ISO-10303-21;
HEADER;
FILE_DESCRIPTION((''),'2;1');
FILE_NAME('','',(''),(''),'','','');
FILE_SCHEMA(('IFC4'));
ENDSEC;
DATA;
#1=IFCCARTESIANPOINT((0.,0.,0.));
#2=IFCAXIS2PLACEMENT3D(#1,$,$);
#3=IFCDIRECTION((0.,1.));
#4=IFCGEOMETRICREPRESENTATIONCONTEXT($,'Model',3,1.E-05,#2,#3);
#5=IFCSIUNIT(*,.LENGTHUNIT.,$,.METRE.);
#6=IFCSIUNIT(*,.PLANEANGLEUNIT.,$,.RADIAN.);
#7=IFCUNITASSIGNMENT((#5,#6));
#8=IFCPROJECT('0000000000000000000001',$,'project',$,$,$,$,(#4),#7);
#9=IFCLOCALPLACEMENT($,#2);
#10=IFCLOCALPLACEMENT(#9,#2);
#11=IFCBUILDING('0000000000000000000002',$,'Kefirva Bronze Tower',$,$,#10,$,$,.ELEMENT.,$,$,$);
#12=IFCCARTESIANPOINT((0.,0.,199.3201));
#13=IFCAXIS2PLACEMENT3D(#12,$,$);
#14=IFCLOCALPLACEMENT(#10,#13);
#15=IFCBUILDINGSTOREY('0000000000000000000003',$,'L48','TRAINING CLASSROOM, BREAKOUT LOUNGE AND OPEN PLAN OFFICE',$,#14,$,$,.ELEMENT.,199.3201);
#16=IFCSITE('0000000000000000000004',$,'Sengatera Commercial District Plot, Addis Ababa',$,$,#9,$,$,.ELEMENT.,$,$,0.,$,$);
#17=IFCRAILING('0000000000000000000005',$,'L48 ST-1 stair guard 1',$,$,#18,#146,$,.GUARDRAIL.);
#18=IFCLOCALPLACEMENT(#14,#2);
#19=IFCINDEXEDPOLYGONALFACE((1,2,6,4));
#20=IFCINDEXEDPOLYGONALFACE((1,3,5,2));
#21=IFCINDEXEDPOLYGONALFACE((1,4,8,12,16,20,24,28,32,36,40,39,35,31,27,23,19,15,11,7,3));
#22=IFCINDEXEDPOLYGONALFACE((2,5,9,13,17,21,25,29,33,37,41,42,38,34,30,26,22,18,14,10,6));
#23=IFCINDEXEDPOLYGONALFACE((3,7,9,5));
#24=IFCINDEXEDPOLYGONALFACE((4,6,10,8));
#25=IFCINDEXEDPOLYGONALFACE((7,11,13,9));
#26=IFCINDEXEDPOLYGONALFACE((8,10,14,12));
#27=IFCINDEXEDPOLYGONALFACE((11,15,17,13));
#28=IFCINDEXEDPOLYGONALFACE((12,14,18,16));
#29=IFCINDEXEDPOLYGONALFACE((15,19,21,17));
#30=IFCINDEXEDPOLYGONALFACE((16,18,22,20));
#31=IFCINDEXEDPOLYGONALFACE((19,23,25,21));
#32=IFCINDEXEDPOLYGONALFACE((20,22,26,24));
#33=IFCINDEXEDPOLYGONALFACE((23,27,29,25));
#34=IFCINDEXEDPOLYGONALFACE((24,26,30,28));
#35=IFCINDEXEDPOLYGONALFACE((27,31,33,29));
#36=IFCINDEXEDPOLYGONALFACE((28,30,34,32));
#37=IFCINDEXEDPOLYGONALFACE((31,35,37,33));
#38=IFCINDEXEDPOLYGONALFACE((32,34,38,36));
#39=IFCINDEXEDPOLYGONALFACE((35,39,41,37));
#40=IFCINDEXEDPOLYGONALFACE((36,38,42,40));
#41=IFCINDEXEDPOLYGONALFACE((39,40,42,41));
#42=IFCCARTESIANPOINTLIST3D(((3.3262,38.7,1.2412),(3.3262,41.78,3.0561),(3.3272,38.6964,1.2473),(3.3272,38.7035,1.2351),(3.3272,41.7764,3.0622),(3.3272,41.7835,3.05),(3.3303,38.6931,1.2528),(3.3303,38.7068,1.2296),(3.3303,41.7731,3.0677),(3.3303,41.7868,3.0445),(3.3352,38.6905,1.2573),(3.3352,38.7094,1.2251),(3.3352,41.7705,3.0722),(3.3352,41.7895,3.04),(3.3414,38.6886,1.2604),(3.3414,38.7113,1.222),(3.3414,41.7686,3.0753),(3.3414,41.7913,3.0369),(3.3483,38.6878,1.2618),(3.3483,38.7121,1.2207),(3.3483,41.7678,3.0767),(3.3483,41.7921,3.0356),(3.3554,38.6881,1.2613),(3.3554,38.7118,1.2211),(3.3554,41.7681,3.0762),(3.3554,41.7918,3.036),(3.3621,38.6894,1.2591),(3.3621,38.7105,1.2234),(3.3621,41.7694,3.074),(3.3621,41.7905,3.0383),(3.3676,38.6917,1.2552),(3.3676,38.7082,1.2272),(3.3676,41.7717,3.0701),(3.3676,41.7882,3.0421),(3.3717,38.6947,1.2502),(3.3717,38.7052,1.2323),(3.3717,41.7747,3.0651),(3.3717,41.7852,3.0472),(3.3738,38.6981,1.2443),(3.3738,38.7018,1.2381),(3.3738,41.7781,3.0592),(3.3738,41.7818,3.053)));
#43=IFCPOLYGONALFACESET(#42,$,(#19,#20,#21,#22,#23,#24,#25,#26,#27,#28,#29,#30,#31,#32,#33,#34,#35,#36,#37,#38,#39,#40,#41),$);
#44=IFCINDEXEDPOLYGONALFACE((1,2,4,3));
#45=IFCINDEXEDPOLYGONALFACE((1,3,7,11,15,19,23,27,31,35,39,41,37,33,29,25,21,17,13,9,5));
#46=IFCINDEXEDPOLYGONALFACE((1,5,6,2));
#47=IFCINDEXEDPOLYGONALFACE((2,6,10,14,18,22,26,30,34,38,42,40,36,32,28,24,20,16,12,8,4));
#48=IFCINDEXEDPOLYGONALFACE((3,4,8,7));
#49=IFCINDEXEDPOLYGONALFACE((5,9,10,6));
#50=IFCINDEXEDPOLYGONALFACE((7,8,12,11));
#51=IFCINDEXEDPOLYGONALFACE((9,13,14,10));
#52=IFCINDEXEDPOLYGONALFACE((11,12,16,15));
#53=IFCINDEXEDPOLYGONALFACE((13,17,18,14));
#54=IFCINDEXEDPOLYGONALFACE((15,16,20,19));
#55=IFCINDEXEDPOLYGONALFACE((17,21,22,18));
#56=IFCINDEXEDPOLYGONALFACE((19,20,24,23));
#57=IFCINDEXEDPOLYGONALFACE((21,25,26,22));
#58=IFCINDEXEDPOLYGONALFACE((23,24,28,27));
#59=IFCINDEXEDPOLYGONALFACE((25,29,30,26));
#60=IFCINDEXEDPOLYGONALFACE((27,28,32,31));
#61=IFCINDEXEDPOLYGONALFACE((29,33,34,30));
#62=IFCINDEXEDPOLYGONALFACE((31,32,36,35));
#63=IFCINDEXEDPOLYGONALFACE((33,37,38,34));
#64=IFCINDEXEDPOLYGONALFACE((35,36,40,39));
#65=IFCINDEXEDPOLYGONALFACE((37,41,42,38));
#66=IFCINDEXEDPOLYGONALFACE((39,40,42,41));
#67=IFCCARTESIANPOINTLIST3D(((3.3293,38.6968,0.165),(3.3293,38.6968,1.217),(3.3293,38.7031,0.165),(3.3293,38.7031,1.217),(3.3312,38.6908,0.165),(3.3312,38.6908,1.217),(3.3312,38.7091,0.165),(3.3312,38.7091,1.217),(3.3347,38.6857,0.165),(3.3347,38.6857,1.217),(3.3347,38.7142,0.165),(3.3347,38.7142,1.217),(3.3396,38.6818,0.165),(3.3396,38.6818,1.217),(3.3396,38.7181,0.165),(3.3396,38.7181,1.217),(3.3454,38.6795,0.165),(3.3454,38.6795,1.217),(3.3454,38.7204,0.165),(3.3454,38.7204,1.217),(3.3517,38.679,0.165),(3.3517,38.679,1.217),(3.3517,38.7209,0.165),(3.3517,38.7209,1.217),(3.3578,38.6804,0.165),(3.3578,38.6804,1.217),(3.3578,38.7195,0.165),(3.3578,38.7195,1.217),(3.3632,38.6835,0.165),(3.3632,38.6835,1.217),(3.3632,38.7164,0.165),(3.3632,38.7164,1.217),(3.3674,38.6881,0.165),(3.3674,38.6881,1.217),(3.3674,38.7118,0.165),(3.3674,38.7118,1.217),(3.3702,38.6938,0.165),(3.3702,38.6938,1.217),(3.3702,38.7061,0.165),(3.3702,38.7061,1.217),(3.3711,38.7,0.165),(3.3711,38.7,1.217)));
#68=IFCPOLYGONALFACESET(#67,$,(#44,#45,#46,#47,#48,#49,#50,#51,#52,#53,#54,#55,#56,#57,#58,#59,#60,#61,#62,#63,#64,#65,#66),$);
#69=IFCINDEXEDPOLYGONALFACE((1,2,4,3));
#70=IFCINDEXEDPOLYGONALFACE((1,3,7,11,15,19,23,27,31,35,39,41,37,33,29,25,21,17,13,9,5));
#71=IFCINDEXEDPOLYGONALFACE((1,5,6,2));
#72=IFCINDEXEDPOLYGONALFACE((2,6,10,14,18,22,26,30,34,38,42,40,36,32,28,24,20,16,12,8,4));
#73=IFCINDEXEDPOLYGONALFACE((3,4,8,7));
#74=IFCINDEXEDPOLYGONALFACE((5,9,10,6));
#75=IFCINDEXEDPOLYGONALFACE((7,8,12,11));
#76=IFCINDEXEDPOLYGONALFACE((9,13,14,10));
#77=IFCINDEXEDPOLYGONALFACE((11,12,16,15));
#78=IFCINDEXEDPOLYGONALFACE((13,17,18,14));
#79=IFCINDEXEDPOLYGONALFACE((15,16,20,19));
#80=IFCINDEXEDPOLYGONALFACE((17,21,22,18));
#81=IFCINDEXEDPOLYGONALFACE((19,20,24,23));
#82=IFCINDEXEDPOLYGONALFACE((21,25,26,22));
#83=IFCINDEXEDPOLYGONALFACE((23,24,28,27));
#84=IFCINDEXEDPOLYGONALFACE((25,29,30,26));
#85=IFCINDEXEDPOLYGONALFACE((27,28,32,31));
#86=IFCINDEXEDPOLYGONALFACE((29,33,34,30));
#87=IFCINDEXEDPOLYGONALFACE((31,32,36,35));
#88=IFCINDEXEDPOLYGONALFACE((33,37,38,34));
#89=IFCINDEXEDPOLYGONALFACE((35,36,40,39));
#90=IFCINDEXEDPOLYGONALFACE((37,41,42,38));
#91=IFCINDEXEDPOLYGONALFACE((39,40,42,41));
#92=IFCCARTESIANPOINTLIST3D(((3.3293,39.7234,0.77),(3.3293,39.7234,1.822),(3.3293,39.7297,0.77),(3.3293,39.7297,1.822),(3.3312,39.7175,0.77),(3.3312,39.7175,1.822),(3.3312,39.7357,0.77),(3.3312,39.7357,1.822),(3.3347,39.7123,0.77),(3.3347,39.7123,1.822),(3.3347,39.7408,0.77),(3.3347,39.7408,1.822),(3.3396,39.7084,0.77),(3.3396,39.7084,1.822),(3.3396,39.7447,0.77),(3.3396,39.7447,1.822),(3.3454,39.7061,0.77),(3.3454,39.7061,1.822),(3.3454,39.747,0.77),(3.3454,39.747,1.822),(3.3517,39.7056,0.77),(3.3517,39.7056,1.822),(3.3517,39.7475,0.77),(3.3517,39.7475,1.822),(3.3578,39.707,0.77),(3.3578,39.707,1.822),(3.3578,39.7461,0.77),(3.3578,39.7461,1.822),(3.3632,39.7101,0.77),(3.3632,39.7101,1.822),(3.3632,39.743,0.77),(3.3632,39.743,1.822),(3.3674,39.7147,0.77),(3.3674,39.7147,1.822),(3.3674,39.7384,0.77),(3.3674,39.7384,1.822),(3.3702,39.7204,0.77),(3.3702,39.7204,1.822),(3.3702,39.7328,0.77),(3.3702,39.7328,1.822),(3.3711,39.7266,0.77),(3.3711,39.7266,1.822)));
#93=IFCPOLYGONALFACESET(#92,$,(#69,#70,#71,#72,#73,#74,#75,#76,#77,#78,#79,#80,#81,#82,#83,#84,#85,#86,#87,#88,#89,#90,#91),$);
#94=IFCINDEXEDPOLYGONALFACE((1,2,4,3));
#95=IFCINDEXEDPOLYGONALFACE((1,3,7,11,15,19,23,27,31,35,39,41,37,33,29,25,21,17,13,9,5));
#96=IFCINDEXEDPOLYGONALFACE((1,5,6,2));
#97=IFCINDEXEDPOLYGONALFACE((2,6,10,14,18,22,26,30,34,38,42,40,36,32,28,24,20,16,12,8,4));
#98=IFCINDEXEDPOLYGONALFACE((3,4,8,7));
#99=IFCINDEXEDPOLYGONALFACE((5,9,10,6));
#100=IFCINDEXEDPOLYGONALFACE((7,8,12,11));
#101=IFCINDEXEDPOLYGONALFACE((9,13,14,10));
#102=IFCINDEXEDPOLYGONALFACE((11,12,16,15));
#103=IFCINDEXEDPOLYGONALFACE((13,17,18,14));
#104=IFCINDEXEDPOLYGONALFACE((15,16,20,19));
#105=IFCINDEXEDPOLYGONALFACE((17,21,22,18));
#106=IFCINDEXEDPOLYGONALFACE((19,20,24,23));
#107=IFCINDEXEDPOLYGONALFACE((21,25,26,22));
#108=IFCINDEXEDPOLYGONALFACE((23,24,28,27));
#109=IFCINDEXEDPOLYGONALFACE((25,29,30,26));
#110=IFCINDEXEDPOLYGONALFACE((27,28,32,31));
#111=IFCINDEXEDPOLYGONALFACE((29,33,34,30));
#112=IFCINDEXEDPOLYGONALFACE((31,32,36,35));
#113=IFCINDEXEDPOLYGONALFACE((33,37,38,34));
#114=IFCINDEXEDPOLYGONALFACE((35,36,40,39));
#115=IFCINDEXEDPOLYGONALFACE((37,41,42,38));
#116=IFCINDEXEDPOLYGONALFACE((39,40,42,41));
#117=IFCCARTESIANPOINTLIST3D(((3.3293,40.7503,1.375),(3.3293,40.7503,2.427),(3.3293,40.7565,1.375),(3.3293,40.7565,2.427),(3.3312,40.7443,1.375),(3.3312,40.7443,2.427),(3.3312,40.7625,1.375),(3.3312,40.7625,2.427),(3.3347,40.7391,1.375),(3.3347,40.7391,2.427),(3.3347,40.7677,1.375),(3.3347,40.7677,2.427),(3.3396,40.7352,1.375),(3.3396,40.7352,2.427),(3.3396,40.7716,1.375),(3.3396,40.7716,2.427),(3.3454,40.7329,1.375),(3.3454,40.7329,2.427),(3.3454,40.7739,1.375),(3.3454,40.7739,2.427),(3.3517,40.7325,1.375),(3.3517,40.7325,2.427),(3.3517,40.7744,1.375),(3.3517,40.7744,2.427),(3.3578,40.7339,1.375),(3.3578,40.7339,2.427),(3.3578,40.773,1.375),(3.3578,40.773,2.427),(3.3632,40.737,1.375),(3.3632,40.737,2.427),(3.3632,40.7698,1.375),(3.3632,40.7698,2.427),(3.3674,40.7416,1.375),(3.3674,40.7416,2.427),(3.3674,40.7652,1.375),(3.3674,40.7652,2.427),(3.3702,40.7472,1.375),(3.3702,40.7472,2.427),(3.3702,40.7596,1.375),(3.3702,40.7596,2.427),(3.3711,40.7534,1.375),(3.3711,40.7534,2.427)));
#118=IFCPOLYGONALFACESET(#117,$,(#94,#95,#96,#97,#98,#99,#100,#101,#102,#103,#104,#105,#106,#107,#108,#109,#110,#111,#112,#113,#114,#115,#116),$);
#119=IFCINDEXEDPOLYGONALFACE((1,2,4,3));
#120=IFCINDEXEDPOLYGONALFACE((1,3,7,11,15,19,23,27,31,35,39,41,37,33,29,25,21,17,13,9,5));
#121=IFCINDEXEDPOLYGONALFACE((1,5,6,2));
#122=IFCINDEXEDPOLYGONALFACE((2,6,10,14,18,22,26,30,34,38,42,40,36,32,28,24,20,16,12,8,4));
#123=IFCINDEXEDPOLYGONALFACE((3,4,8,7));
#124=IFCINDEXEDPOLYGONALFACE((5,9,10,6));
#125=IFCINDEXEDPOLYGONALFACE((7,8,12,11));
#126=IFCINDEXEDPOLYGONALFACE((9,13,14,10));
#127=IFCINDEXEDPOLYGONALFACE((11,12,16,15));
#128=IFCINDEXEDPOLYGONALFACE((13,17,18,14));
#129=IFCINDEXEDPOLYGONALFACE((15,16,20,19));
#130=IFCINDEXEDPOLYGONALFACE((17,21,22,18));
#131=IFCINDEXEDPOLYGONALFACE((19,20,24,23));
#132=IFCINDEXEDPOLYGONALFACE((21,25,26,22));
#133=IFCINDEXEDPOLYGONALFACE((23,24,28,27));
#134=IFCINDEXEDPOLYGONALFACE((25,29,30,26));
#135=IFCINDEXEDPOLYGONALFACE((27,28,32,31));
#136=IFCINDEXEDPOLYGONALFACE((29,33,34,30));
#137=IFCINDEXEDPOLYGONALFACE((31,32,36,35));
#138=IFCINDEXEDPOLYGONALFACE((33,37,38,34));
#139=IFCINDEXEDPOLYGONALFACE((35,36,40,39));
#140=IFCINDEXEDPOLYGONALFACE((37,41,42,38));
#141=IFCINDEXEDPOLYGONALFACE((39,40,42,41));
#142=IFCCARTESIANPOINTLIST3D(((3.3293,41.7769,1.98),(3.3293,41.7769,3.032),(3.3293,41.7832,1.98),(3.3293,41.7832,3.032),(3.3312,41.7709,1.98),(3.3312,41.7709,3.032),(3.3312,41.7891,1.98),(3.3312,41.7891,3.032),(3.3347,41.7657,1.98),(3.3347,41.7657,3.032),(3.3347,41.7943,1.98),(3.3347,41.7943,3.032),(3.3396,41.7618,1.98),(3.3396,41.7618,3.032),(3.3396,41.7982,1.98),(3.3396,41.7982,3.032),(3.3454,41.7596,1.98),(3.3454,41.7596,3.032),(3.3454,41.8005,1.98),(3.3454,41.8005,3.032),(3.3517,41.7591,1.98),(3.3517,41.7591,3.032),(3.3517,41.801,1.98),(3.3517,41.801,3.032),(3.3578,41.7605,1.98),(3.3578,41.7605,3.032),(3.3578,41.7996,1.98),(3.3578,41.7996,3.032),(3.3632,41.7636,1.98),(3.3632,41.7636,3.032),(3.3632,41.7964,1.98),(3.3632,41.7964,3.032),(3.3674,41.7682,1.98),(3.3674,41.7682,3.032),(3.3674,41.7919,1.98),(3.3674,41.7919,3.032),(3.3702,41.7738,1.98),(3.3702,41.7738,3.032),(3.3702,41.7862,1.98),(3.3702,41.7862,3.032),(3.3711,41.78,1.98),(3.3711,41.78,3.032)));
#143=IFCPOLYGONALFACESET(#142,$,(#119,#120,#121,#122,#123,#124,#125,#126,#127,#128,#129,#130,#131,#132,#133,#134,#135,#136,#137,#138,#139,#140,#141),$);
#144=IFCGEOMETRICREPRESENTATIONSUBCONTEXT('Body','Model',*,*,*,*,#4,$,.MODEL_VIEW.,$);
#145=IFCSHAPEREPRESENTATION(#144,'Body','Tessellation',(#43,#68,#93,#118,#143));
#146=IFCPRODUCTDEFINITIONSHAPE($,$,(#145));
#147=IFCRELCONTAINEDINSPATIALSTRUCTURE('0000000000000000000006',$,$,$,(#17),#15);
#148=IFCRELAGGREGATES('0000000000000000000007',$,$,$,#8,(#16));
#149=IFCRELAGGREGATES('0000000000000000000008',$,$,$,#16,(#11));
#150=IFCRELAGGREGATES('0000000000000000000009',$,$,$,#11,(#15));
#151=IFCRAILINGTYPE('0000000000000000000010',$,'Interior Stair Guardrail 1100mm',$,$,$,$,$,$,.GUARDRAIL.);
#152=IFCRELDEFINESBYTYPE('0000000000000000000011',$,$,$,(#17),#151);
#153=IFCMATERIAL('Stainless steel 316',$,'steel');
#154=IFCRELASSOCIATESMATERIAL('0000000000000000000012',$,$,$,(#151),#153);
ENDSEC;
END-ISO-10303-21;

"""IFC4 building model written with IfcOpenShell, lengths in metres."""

from ifc_helpers import new_model, si_unit, direction, frame, origin, origin_2d, place, context, subcontext, project, spatial, circle, extrude, material, type_object, element, save


model = new_model("IFC4")

# Units and contexts
model_context = context("Model", 3, precision=1e-05, world=origin(), true_north=direction((0.0, 1.0)))
body_context = subcontext(model_context, "Body", "Model", "MODEL_VIEW")
ifc_project = project(units=[si_unit("LENGTHUNIT", "METRE"), si_unit("PLANEANGLEUNIT", "RADIAN")], contexts=[model_context])

# Site, building, storey
site_placement = place(None, origin())
site = spatial("IfcSite", under=ifc_project, at=site_placement, Name="Sengatera Commercial District Plot, Addis Ababa", CompositionType="ELEMENT", RefElevation=0.0)
building_placement = place(site_placement, origin())
building = spatial("IfcBuilding", under=site, at=building_placement, Name="Kefirva Bronze Tower", CompositionType="ELEMENT")
storey_placement = place(building_placement, frame((0.0, 0.0, 199.3201)))
storey = spatial("IfcBuildingStorey", under=building, at=storey_placement, Name="L48", Description="TRAINING CLASSROOM, BREAKOUT LOUNGE AND OPEN PLAN OFFICE", CompositionType="ELEMENT", Elevation=199.3201)

# Railing
ifc_material_1 = material(Name="Stainless steel 316", Category="steel")
railing_type_1 = type_object("IfcRailingType", Name="Interior Stair Guardrail 1100mm", PredefinedType="GUARDRAIL", material=ifc_material_1)
railing_1_placement = place(storey_placement, frame((3.3501, 38.7, 0.165)))
element("IfcRailing", 1, at=railing_1_placement, inside=storey, type_object=railing_type_1, Name="L48 ST-1 stair guard 1", PredefinedType="GUARDRAIL", context=body_context, shape_type="SweptSolid", body=[
    extrude(circle(Radius=0.0239, at=origin_2d()), frame((0.0, 0.0, 1.0762), z_axis=(0.0, 0.861551, 0.507671), x_axis=(-1.0, 0.0, 0.0)), (0.0, 0.0, 1.0), 3.575),
    extrude(circle(Radius=0.021, at=origin_2d()), origin(), (0.0, 0.0, 1.0), 1.052),
    extrude(circle(Radius=0.021, at=origin_2d()), frame((0.0, 1.0266, 0.605)), (0.0, 0.0, 1.0), 1.052),
    extrude(circle(Radius=0.021, at=origin_2d()), frame((0.0, 2.0535, 1.21)), (0.0, 0.0, 1.0), 1.052),
    extrude(circle(Radius=0.021, at=origin_2d()), frame((0.0, 3.0801, 1.8149)), (0.0, 0.0, 1.0), 1.052),
])

save(model, "model.ifc")
